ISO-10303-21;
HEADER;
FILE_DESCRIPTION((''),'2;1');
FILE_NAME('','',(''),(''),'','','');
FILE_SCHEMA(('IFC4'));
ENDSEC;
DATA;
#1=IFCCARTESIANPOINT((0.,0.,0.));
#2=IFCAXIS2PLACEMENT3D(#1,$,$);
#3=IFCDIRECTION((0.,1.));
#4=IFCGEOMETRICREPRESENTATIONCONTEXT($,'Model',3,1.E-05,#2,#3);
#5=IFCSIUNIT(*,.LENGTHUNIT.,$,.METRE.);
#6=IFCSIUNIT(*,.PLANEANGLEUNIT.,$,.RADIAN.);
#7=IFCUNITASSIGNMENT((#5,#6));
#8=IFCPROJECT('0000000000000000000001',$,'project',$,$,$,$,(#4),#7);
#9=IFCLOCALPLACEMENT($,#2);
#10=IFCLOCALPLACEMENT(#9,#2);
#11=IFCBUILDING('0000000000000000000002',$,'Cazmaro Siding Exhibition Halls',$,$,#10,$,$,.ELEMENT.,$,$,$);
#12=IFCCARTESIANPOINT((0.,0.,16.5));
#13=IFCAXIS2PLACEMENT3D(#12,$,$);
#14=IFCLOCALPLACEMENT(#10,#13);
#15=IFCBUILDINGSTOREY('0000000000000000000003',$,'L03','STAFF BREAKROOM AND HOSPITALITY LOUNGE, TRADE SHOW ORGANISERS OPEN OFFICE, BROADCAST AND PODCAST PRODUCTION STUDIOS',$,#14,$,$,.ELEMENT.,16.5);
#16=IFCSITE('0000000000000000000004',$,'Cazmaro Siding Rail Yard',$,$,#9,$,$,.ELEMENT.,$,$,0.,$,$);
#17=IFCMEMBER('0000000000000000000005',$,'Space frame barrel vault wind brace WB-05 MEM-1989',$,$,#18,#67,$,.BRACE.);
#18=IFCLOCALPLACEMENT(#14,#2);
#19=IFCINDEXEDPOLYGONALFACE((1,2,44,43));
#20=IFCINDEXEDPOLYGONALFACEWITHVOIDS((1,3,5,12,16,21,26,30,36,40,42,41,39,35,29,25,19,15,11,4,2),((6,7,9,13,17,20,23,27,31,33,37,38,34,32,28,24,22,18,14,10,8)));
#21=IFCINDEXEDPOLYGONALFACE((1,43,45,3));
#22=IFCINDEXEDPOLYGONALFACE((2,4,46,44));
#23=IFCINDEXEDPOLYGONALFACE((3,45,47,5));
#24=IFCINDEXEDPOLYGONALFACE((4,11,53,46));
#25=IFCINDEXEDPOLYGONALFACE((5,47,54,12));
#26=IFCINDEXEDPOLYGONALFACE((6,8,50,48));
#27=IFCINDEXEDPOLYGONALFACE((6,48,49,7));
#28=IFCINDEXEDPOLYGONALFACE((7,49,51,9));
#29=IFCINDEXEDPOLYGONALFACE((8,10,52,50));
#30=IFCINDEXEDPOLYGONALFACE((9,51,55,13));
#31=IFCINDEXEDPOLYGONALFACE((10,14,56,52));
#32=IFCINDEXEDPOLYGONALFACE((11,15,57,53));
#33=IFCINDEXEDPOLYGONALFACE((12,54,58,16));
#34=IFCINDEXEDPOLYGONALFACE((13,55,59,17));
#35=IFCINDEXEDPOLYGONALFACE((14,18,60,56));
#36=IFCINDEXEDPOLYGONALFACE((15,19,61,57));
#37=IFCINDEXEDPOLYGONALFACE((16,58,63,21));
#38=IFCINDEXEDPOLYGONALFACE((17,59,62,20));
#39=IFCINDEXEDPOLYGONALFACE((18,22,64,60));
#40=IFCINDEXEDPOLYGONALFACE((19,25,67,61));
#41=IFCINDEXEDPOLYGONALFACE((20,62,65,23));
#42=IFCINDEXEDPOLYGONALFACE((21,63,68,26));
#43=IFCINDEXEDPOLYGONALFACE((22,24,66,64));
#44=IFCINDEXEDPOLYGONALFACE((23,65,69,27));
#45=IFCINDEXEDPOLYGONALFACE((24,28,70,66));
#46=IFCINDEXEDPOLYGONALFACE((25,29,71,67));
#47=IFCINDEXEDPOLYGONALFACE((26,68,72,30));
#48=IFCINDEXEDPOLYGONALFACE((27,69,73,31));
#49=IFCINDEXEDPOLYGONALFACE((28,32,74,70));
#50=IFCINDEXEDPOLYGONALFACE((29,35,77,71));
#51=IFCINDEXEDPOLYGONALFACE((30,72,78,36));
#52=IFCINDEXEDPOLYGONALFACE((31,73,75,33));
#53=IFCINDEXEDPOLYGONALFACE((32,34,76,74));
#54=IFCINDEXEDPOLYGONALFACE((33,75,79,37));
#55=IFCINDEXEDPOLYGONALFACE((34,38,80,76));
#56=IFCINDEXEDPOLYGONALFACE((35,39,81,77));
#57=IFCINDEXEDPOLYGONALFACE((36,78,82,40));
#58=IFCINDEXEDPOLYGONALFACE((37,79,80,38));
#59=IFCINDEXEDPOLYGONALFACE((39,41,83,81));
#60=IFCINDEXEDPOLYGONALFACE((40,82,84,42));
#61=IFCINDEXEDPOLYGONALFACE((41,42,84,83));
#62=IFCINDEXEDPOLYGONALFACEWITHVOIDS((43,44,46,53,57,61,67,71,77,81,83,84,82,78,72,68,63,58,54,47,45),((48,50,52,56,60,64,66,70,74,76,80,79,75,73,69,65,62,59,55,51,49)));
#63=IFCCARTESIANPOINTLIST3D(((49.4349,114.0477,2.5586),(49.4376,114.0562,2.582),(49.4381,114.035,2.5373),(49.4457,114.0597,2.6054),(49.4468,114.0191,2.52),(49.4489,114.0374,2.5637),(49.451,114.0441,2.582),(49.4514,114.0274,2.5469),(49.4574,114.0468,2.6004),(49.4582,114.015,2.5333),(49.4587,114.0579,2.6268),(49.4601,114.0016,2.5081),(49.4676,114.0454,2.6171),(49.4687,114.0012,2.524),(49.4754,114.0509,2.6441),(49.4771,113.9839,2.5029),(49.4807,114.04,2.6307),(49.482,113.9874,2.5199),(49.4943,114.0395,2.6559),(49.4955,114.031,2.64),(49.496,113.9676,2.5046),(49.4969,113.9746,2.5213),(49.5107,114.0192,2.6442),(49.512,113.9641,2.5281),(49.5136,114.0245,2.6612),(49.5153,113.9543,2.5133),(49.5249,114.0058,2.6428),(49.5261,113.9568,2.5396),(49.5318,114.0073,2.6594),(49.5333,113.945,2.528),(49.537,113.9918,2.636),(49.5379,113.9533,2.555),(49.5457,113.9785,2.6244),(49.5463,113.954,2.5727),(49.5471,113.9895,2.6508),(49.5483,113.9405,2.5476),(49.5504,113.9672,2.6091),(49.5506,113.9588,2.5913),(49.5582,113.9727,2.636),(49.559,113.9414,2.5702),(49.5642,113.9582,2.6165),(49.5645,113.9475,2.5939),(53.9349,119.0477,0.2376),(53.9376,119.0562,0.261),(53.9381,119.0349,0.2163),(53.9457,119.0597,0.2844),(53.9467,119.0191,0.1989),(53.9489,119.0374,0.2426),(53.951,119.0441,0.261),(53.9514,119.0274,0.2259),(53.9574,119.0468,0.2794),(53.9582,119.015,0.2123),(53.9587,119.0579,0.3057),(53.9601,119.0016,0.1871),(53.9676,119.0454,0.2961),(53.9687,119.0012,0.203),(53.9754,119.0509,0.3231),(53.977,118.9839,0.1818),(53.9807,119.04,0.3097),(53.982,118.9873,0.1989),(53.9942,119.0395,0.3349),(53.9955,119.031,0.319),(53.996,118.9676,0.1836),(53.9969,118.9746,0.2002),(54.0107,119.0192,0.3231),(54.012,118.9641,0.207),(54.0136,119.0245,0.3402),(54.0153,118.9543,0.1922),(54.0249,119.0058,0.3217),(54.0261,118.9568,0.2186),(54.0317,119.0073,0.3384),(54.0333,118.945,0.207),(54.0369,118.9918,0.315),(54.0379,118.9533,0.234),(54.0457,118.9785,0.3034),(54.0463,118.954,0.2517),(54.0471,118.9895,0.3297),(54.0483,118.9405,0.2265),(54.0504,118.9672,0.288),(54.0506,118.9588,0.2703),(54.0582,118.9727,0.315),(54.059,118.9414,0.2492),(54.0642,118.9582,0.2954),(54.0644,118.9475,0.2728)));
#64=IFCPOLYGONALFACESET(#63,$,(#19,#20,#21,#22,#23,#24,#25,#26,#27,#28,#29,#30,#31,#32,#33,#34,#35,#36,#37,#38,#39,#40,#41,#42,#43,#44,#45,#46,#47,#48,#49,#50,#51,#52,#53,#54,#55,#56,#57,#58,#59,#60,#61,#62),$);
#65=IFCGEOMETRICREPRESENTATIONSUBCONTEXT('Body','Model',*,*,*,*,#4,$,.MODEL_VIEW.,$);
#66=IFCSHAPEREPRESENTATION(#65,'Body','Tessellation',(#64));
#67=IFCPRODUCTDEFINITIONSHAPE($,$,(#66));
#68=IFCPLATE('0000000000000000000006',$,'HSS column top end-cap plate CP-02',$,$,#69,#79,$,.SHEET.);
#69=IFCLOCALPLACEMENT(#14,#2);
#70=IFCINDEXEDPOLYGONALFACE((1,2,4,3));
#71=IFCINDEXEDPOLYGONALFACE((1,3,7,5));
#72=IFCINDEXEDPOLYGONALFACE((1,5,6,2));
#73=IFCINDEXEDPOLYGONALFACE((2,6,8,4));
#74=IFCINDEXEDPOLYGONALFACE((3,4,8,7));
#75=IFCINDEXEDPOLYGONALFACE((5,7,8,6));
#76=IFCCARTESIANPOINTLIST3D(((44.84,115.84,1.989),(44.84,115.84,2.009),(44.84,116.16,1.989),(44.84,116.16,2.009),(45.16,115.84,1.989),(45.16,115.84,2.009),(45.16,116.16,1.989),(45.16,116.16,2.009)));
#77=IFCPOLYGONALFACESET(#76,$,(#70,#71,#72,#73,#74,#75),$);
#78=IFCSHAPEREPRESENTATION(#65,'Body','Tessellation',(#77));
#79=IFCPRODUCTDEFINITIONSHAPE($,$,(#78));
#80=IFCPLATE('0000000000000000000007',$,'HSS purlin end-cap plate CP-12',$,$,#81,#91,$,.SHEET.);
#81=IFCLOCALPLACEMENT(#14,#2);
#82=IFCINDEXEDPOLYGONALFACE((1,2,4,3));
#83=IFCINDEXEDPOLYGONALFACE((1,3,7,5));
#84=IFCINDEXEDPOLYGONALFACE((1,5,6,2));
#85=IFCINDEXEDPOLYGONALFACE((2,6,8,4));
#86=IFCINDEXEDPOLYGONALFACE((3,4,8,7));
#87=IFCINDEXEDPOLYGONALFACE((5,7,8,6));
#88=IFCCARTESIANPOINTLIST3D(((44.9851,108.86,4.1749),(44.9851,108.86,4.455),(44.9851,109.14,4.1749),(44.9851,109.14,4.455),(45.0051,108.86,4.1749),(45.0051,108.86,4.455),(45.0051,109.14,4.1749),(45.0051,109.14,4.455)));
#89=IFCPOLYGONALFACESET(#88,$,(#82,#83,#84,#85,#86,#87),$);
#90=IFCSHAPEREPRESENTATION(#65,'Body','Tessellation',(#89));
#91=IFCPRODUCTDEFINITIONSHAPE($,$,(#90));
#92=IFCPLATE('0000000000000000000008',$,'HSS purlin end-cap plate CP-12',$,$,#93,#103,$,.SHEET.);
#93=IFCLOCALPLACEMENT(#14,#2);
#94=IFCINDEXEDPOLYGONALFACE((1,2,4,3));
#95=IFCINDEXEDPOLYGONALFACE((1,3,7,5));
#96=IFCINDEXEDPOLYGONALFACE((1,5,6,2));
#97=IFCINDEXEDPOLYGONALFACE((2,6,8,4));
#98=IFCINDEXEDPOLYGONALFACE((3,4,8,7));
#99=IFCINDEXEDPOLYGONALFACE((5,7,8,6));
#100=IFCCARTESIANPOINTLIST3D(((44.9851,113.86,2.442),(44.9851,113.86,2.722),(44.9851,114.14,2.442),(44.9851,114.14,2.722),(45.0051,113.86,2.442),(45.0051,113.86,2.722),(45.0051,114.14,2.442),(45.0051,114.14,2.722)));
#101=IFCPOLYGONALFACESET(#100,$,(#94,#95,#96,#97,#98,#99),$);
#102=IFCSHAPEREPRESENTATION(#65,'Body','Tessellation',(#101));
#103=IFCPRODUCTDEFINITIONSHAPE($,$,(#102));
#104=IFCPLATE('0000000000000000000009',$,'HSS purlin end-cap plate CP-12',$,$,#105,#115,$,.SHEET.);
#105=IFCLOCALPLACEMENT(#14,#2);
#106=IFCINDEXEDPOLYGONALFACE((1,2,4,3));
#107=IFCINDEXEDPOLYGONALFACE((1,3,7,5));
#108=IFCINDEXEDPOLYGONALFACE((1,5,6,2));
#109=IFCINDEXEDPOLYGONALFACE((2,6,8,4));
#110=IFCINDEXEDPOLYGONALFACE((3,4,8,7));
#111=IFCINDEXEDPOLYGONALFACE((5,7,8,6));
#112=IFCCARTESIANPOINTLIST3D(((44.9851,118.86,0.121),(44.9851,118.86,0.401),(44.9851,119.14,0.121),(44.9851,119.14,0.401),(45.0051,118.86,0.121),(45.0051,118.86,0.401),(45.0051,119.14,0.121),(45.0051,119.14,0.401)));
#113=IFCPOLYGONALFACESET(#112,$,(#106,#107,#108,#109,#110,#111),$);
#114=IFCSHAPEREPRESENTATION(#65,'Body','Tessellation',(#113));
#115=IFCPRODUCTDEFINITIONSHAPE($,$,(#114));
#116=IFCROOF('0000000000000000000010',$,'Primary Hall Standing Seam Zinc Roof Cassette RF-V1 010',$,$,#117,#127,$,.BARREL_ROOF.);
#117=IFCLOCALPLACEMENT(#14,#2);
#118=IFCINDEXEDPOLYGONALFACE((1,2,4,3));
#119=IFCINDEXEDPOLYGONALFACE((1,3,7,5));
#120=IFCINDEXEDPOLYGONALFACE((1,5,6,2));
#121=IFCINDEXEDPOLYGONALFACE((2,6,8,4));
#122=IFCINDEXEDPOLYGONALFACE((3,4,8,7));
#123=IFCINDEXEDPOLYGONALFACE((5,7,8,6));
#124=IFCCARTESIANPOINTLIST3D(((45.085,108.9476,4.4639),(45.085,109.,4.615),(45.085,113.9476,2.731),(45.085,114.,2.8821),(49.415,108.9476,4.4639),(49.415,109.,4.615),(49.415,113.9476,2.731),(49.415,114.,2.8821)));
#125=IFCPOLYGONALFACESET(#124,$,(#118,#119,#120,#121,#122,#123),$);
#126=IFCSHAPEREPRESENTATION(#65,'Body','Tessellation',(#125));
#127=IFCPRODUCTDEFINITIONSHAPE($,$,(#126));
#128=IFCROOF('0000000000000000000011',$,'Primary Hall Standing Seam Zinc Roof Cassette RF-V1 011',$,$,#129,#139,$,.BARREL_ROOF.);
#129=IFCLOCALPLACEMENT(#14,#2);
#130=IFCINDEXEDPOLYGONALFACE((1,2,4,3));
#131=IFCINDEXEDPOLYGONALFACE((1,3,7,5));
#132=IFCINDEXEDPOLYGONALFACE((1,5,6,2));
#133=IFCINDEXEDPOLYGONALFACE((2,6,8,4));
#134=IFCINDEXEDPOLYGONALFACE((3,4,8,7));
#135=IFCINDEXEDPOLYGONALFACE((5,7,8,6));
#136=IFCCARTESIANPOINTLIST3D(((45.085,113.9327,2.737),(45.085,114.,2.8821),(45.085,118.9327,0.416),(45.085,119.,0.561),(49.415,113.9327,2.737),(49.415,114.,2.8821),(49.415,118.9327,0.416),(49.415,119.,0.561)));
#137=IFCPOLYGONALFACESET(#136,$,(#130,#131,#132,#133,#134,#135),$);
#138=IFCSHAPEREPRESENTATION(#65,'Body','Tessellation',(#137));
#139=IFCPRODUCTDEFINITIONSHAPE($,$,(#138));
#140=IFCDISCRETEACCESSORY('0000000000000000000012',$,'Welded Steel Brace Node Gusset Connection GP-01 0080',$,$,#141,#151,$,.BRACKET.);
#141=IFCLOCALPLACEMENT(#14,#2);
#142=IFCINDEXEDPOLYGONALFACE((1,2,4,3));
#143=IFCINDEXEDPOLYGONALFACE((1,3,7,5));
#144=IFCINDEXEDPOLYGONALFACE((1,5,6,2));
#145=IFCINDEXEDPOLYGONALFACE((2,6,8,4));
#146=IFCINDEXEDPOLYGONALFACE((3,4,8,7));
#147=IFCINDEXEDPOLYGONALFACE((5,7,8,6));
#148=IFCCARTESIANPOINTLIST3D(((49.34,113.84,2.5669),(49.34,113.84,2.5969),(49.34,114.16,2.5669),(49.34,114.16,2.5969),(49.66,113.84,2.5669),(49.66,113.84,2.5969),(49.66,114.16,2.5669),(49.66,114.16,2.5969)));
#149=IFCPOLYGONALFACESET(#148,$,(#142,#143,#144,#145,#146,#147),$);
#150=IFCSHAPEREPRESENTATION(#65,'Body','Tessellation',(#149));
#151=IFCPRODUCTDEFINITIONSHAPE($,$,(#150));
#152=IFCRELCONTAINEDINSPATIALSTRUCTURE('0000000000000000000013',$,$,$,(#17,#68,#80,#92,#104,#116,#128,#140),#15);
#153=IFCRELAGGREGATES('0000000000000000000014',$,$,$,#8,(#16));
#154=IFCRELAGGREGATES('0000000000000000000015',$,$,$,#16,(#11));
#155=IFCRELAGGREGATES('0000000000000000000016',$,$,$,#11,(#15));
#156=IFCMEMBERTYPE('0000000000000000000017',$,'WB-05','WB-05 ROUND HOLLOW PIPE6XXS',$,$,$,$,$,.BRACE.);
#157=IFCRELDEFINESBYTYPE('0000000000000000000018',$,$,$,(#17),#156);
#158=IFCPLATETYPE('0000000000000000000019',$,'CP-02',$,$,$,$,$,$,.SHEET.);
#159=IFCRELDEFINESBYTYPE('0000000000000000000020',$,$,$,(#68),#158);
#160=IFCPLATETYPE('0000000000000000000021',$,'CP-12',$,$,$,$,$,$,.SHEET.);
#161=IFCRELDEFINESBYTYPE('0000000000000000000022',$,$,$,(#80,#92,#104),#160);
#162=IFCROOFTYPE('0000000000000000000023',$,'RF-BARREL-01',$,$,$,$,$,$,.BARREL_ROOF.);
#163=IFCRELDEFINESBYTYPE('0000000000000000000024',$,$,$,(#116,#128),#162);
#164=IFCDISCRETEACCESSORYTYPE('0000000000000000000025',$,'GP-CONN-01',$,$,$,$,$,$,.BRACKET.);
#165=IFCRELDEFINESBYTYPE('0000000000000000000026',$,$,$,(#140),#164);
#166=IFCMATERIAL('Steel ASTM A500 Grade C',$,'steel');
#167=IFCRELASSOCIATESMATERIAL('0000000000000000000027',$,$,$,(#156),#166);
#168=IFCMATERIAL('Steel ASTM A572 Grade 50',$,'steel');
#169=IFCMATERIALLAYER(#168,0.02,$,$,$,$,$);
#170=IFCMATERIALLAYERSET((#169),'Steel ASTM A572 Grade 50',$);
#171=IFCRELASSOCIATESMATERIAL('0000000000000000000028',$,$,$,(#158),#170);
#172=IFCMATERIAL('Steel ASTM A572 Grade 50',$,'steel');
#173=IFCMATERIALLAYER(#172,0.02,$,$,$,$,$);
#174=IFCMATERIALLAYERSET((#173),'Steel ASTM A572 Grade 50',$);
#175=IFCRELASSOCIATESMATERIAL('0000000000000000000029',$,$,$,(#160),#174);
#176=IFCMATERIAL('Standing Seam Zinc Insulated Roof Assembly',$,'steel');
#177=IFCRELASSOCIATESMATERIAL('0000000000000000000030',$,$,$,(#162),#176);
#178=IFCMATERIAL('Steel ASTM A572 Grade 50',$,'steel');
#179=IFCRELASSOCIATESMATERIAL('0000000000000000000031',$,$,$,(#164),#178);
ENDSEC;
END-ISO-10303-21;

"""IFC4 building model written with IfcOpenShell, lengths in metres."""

from ifc_helpers import new_model, si_unit, direction, frame, origin, origin_2d, place, context, subcontext, project, spatial, polyline, rectangle, hollow_circle, outline, extrude, material, layer, layer_set, material_profile, profile_set, type_object, element, save


model = new_model("IFC4")

# Units and contexts
model_context = context("Model", 3, precision=1e-05, world=origin(), true_north=direction((0.0, 1.0)))
body_context = subcontext(model_context, "Body", "Model", "MODEL_VIEW")
ifc_project = project(units=[si_unit("LENGTHUNIT", "METRE"), si_unit("PLANEANGLEUNIT", "RADIAN")], contexts=[model_context])

# Site, building, storey
site_placement = place(None, origin())
site = spatial("IfcSite", under=ifc_project, at=site_placement, Name="Cazmaro Siding Rail Yard", CompositionType="ELEMENT", RefElevation=0.0)
building_placement = place(site_placement, origin())
building = spatial("IfcBuilding", under=site, at=building_placement, Name="Cazmaro Siding Exhibition Halls", CompositionType="ELEMENT")
storey_placement = place(building_placement, frame((0.0, 0.0, 16.5)))
storey = spatial("IfcBuildingStorey", under=building, at=storey_placement, Name="L03", Description="STAFF BREAKROOM AND HOSPITALITY LOUNGE, TRADE SHOW ORGANISERS OPEN OFFICE, BROADCAST AND PODCAST PRODUCTION STUDIOS", CompositionType="ELEMENT", Elevation=16.5)

# Member
ifc_material_1 = material(Name="Steel ASTM A500 Grade C", Category="steel")
ifc_material_profile_1 = material_profile(ifc_material_1, hollow_circle(Radius=0.084, WallThickness=0.0181, at=origin_2d()), Name="PIPE6XXS")
ifc_profile_set_1 = profile_set([ifc_material_profile_1], Name="Steel ASTM A500 Grade C")
member_type_1 = type_object("IfcMemberType", Name="WB-05", Description="WB-05 ROUND HOLLOW PIPE6XXS", PredefinedType="BRACE", material=ifc_profile_set_1)
member_1_placement = place(storey_placement, frame((49.5, 114.0, 2.582), z_axis=(0.632379, 0.702643, -0.326173), x_axis=(-0.743294, 0.668965, 0.0)))
element("IfcMember", 1, at=member_1_placement, inside=storey, type_object=member_type_1, Name="Space frame barrel vault wind brace WB-05 MEM-1989", PredefinedType="BRACE", context=body_context, shape_type="SweptSolid", body=[
    extrude(hollow_circle(Radius=0.084, WallThickness=0.0181, at=origin_2d()), origin(), (0.0, 0.0, 1.0), 7.116),
])

# Plates
ifc_material_2 = material(Name="Steel ASTM A572 Grade 50", Category="steel")
ifc_layer_1 = layer(ifc_material_2, 0.02)
ifc_layer_set_1 = layer_set([ifc_layer_1], Name="Steel ASTM A572 Grade 50")
plate_type_1 = type_object("IfcPlateType", Name="CP-02", PredefinedType="SHEET", material=ifc_layer_set_1)
plate_placement = place(storey_placement, frame((45.0, 116.0, 1.989), z_axis=(0.0, 0.0, 1.0), x_axis=(1.0, 0.0, 0.0)))
element("IfcPlate", 2, at=plate_placement, inside=storey, type_object=plate_type_1, Name="HSS column top end-cap plate CP-02", PredefinedType="SHEET", context=body_context, shape_type="SweptSolid", body=[
    extrude(rectangle(XDim=0.3201, YDim=0.3201, at=origin_2d()), origin(), (0.0, 0.0, 1.0), 0.02),
])
ifc_material_3 = material(Name="Steel ASTM A572 Grade 50", Category="steel")
ifc_layer_2 = layer(ifc_material_3, 0.02)
ifc_layer_set_2 = layer_set([ifc_layer_2], Name="Steel ASTM A572 Grade 50")
plate_type_2 = type_object("IfcPlateType", Name="CP-12", PredefinedType="SHEET", material=ifc_layer_set_2)
for number, where, z_axis, x_axis, name in (
    (3, (44.9851, 109.0, 4.3149), (1.0, 0.0, 0.0), (0.0, 1.0, 0.0), "HSS purlin end-cap plate CP-12"),
    (4, (44.9851, 114.0, 2.582), (1.0, 0.0, 0.0), (0.0, 1.0, 0.0), "HSS purlin end-cap plate CP-12"),
    (5, (44.9851, 119.0, 0.261), (1.0, 0.0, 0.0), (0.0, 1.0, 0.0), "HSS purlin end-cap plate CP-12"),
):
    element("IfcPlate", number, at=place(storey_placement, frame(where, z_axis=z_axis, x_axis=x_axis)), inside=storey, type_object=plate_type_2, Name=name, PredefinedType="SHEET", context=body_context, shape_type="SweptSolid", body=[
        extrude(rectangle(XDim=0.28, YDim=0.28, at=origin_2d()), origin(), (0.0, 0.0, 1.0), 0.02),
    ])

# Roofs
ifc_material_4 = material(Name="Standing Seam Zinc Insulated Roof Assembly", Category="steel")
roof_type = type_object("IfcRoofType", Name="RF-BARREL-01", PredefinedType="BARREL_ROOF", material=ifc_material_4)
roof_1_placement = place(storey_placement, frame((45.085, 109.0, 4.615), z_axis=(0.0, 0.327472, 0.944861), x_axis=(1.0, 0.0, 0.0)))
element("IfcRoof", 6, at=roof_1_placement, inside=storey, type_object=roof_type, Name="Primary Hall Standing Seam Zinc Roof Cassette RF-V1 010", PredefinedType="BARREL_ROOF", context=body_context, shape_type="SweptSolid", body=[
    extrude(outline(polyline([(0.0, 0.0), (4.3301, 0.0), (4.3301, 5.2918), (0.0, 5.2918), (0.0, 0.0)])), origin(), (0.0, 0.0, -1.0), 0.1599),
])
roof_2_placement = place(storey_placement, frame((45.085, 114.0, 2.8821), z_axis=(0.0, 0.421054, 0.907036), x_axis=(1.0, 0.0, 0.0)))
element("IfcRoof", 7, at=roof_2_placement, inside=storey, type_object=roof_type, Name="Primary Hall Standing Seam Zinc Roof Cassette RF-V1 011", PredefinedType="BARREL_ROOF", context=body_context, shape_type="SweptSolid", body=[
    extrude(outline(polyline([(0.0, 0.0), (4.3301, 0.0), (4.3301, 5.5125), (0.0, 5.5125), (0.0, 0.0)])), origin(), (0.0, 0.0, -1.0), 0.1599),
])

# Discrete accessory
ifc_material_5 = material(Name="Steel ASTM A572 Grade 50", Category="steel")
discrete_accessory_type = type_object("IfcDiscreteAccessoryType", Name="GP-CONN-01", PredefinedType="BRACKET", material=ifc_material_5)
discrete_accessory_placement = place(storey_placement, frame((49.5, 114.0, 2.5669), z_axis=(0.0, 0.0, 1.0), x_axis=(1.0, 0.0, 0.0)))
element("IfcDiscreteAccessory", 8, at=discrete_accessory_placement, inside=storey, type_object=discrete_accessory_type, Name="Welded Steel Brace Node Gusset Connection GP-01 0080", PredefinedType="BRACKET", context=body_context, shape_type="SweptSolid", body=[
    extrude(rectangle(XDim=0.3201, YDim=0.3201, at=origin_2d()), origin(), (0.0, 0.0, 1.0), 0.03),
])

save(model, "model.ifc")
